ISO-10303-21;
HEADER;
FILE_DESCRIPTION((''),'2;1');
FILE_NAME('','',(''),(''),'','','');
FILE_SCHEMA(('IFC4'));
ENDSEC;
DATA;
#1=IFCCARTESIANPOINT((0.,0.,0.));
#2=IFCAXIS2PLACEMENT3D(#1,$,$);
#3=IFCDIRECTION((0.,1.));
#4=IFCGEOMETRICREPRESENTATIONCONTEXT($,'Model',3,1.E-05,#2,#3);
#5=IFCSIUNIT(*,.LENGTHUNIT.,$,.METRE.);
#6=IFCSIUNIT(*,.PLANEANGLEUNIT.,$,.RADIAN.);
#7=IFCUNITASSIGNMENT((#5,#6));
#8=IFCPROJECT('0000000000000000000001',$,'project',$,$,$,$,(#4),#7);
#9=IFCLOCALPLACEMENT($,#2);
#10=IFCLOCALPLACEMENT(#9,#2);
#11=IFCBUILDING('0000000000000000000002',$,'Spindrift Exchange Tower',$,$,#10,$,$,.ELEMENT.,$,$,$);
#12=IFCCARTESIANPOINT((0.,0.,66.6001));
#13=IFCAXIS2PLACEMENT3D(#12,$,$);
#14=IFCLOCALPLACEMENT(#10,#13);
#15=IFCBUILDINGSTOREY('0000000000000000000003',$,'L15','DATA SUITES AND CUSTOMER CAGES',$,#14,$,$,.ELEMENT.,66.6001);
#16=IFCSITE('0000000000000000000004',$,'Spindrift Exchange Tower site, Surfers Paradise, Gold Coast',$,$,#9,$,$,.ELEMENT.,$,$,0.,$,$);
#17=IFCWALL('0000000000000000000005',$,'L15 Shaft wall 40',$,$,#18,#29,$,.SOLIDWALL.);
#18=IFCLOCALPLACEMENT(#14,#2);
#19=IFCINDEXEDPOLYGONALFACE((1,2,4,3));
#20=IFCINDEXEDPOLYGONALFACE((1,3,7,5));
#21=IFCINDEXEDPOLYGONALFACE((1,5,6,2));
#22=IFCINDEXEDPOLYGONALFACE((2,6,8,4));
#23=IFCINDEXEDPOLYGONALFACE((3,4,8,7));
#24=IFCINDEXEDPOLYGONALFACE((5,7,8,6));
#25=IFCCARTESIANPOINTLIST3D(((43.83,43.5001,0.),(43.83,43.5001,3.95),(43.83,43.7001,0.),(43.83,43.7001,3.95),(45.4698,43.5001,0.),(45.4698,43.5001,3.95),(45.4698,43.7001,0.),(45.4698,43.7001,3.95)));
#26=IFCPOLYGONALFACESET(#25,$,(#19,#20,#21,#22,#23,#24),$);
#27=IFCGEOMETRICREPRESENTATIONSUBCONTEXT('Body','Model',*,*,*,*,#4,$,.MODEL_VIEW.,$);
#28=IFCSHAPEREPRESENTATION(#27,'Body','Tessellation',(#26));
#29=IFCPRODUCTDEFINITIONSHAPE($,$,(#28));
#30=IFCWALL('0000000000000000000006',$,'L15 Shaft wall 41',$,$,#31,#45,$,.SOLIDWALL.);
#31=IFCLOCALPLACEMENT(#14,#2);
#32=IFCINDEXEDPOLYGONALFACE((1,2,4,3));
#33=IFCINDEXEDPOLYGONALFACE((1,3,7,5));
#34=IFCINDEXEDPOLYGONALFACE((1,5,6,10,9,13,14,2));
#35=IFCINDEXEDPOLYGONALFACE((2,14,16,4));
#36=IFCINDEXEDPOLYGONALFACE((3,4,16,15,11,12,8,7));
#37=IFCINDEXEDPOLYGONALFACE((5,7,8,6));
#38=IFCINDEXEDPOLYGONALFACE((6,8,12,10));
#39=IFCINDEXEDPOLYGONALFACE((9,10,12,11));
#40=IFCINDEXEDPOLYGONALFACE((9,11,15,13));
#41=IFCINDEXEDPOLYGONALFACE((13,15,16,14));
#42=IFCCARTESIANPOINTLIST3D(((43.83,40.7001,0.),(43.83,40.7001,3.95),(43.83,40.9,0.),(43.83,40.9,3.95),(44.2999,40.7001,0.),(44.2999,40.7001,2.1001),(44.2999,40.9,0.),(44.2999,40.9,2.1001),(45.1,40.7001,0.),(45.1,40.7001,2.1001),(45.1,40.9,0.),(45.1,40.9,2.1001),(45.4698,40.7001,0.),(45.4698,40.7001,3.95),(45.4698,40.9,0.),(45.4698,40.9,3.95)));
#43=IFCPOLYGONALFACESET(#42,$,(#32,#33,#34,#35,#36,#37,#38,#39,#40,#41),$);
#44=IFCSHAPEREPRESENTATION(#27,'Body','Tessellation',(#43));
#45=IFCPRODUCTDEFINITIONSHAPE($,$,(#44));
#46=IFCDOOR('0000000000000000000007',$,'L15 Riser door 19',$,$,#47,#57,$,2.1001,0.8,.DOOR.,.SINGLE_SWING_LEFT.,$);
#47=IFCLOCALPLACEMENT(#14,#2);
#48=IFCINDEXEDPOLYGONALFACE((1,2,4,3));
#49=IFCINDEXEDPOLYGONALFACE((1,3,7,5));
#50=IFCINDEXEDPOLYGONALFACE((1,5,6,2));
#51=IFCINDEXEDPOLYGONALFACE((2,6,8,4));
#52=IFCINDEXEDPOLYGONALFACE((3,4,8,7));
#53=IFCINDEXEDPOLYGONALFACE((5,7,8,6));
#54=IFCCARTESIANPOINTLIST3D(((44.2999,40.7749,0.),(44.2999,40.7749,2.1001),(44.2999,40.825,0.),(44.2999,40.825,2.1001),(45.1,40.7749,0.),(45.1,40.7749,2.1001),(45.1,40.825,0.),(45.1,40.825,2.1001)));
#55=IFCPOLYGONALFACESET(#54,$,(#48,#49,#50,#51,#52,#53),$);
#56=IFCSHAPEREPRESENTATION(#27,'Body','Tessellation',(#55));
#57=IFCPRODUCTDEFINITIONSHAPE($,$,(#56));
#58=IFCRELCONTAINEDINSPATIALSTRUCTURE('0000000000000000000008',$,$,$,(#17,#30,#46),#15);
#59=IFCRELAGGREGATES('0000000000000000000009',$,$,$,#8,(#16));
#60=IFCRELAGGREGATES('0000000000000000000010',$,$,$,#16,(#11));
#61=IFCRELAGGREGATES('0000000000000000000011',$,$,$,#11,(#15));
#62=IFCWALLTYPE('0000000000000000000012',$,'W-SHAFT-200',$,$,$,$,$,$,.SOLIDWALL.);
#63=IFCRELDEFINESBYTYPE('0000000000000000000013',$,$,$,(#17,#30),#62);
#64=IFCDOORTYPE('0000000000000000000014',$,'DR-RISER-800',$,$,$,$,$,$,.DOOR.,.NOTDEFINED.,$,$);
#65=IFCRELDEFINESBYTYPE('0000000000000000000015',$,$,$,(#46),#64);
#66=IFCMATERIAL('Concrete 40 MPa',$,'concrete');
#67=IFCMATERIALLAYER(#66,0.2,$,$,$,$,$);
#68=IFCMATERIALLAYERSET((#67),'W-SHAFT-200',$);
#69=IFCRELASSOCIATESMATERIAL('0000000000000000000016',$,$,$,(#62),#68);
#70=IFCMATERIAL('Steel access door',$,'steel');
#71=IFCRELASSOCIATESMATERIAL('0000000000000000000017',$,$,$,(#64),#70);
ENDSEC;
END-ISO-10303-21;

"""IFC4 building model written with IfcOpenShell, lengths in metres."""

from ifc_helpers import new_model, si_unit, direction, frame, frame_2d, origin, place, context, subcontext, project, spatial, rectangle, extrude, source, transform, mapped, material, layer, layer_set, type_object, element, fill, save


model = new_model("IFC4")

# Units and contexts
model_context = context("Model", 3, precision=1e-05, world=origin(), true_north=direction((0.0, 1.0)))
body_context = subcontext(model_context, "Body", "Model", "MODEL_VIEW")
ifc_project = project(units=[si_unit("LENGTHUNIT", "METRE"), si_unit("PLANEANGLEUNIT", "RADIAN")], contexts=[model_context])

# Site, building, storey
site_placement = place(None, origin())
site = spatial("IfcSite", under=ifc_project, at=site_placement, Name="Spindrift Exchange Tower site, Surfers Paradise, Gold Coast", CompositionType="ELEMENT", RefElevation=0.0)
building_placement = place(site_placement, origin())
building = spatial("IfcBuilding", under=site, at=building_placement, Name="Spindrift Exchange Tower", CompositionType="ELEMENT")
storey_placement = place(building_placement, frame((0.0, 0.0, 66.6001)))
storey = spatial("IfcBuildingStorey", under=building, at=storey_placement, Name="L15", Description="DATA SUITES AND CUSTOMER CAGES", CompositionType="ELEMENT", Elevation=66.6001)

# Shared definitions
ifc_material_1 = material(Name="Steel access door", Category="steel")

# Wall
ifc_material_2 = material(Name="Concrete 40 MPa", Category="concrete")
ifc_layer_1 = layer(ifc_material_2, 0.2)
ifc_layer_set_1 = layer_set([ifc_layer_1], Name="W-SHAFT-200")
wall_type_1 = type_object("IfcWallType", Name="W-SHAFT-200", PredefinedType="SOLIDWALL", material=ifc_layer_set_1)
wall_1_placement = place(storey_placement, frame((43.8301, 43.6001, 0.0), z_axis=(0.0, 0.0, 1.0), x_axis=(1.0, 0.0, 0.0)))
element("IfcWall", 1, at=wall_1_placement, inside=storey, type_object=wall_type_1, Name="L15 Shaft wall 40", PredefinedType="SOLIDWALL", context=body_context, shape_type="SweptSolid", body=[
    extrude(rectangle(XDim=1.6399, YDim=0.2, at=frame_2d((0.8198, 0.0))), origin(), (0.0, 0.0, 1.0), 3.95),
])

# Wall, opening, door
wall_2_placement = place(storey_placement, frame((43.8301, 40.8, 0.0), z_axis=(0.0, 0.0, 1.0), x_axis=(1.0, 0.0, 0.0)))
wall_2 = element("IfcWall", 2, at=wall_2_placement, inside=storey, type_object=wall_type_1, Name="L15 Shaft wall 41", PredefinedType="SOLIDWALL", context=body_context, shape_type="SweptSolid", body=[
    extrude(rectangle(XDim=1.6399, YDim=0.2, at=frame_2d((0.8198, 0.0))), origin(), (0.0, 0.0, 1.0), 3.95),
])
opening_1_placement = place(wall_2_placement, frame((0.47, 0.0, 0.0)))
opening_1 = element("IfcOpeningElement", 3, at=opening_1_placement, cuts=wall_2, PredefinedType="OPENING", context=body_context, shape_type="SweptSolid", body=[
    extrude(rectangle(XDim=0.8, YDim=2.1001, at=frame_2d((0.3999, 1.05))), frame((0.0, 0.1099, 0.0), z_axis=(0.0, -1.0, 0.0), x_axis=(1.0, 0.0, 0.0)), (0.0, 0.0, 1.0), 0.22),
])
door_type_1 = type_object("IfcDoorType", Name="DR-RISER-800", OperationType="NOTDEFINED", PredefinedType="DOOR", material=ifc_material_1)
shared_shape_1 = source(origin(), body_context, "Body", "SweptSolid", [
    extrude(rectangle(XDim=0.8, YDim=2.1001, at=frame_2d((0.3999, 1.05))), frame((0.0, 0.0249, 0.0), z_axis=(0.0, -1.0, 0.0), x_axis=(1.0, 0.0, 0.0)), (0.0, 0.0, 1.0), 0.05),
])
door_1_placement = place(opening_1_placement, origin())
door_1 = element("IfcDoor", 4, at=door_1_placement, inside=storey, type_object=door_type_1, Name="L15 Riser door 19", OperationType="SINGLE_SWING_LEFT", OverallHeight=2.1001, OverallWidth=0.8, PredefinedType="DOOR", context=body_context, shape_type="MappedRepresentation", body=[
    mapped(shared_shape_1, transform((0.0, 0.0, 0.0), scale=1.0)),
])
fill(opening_1, door_1)

save(model, "model.ifc")
